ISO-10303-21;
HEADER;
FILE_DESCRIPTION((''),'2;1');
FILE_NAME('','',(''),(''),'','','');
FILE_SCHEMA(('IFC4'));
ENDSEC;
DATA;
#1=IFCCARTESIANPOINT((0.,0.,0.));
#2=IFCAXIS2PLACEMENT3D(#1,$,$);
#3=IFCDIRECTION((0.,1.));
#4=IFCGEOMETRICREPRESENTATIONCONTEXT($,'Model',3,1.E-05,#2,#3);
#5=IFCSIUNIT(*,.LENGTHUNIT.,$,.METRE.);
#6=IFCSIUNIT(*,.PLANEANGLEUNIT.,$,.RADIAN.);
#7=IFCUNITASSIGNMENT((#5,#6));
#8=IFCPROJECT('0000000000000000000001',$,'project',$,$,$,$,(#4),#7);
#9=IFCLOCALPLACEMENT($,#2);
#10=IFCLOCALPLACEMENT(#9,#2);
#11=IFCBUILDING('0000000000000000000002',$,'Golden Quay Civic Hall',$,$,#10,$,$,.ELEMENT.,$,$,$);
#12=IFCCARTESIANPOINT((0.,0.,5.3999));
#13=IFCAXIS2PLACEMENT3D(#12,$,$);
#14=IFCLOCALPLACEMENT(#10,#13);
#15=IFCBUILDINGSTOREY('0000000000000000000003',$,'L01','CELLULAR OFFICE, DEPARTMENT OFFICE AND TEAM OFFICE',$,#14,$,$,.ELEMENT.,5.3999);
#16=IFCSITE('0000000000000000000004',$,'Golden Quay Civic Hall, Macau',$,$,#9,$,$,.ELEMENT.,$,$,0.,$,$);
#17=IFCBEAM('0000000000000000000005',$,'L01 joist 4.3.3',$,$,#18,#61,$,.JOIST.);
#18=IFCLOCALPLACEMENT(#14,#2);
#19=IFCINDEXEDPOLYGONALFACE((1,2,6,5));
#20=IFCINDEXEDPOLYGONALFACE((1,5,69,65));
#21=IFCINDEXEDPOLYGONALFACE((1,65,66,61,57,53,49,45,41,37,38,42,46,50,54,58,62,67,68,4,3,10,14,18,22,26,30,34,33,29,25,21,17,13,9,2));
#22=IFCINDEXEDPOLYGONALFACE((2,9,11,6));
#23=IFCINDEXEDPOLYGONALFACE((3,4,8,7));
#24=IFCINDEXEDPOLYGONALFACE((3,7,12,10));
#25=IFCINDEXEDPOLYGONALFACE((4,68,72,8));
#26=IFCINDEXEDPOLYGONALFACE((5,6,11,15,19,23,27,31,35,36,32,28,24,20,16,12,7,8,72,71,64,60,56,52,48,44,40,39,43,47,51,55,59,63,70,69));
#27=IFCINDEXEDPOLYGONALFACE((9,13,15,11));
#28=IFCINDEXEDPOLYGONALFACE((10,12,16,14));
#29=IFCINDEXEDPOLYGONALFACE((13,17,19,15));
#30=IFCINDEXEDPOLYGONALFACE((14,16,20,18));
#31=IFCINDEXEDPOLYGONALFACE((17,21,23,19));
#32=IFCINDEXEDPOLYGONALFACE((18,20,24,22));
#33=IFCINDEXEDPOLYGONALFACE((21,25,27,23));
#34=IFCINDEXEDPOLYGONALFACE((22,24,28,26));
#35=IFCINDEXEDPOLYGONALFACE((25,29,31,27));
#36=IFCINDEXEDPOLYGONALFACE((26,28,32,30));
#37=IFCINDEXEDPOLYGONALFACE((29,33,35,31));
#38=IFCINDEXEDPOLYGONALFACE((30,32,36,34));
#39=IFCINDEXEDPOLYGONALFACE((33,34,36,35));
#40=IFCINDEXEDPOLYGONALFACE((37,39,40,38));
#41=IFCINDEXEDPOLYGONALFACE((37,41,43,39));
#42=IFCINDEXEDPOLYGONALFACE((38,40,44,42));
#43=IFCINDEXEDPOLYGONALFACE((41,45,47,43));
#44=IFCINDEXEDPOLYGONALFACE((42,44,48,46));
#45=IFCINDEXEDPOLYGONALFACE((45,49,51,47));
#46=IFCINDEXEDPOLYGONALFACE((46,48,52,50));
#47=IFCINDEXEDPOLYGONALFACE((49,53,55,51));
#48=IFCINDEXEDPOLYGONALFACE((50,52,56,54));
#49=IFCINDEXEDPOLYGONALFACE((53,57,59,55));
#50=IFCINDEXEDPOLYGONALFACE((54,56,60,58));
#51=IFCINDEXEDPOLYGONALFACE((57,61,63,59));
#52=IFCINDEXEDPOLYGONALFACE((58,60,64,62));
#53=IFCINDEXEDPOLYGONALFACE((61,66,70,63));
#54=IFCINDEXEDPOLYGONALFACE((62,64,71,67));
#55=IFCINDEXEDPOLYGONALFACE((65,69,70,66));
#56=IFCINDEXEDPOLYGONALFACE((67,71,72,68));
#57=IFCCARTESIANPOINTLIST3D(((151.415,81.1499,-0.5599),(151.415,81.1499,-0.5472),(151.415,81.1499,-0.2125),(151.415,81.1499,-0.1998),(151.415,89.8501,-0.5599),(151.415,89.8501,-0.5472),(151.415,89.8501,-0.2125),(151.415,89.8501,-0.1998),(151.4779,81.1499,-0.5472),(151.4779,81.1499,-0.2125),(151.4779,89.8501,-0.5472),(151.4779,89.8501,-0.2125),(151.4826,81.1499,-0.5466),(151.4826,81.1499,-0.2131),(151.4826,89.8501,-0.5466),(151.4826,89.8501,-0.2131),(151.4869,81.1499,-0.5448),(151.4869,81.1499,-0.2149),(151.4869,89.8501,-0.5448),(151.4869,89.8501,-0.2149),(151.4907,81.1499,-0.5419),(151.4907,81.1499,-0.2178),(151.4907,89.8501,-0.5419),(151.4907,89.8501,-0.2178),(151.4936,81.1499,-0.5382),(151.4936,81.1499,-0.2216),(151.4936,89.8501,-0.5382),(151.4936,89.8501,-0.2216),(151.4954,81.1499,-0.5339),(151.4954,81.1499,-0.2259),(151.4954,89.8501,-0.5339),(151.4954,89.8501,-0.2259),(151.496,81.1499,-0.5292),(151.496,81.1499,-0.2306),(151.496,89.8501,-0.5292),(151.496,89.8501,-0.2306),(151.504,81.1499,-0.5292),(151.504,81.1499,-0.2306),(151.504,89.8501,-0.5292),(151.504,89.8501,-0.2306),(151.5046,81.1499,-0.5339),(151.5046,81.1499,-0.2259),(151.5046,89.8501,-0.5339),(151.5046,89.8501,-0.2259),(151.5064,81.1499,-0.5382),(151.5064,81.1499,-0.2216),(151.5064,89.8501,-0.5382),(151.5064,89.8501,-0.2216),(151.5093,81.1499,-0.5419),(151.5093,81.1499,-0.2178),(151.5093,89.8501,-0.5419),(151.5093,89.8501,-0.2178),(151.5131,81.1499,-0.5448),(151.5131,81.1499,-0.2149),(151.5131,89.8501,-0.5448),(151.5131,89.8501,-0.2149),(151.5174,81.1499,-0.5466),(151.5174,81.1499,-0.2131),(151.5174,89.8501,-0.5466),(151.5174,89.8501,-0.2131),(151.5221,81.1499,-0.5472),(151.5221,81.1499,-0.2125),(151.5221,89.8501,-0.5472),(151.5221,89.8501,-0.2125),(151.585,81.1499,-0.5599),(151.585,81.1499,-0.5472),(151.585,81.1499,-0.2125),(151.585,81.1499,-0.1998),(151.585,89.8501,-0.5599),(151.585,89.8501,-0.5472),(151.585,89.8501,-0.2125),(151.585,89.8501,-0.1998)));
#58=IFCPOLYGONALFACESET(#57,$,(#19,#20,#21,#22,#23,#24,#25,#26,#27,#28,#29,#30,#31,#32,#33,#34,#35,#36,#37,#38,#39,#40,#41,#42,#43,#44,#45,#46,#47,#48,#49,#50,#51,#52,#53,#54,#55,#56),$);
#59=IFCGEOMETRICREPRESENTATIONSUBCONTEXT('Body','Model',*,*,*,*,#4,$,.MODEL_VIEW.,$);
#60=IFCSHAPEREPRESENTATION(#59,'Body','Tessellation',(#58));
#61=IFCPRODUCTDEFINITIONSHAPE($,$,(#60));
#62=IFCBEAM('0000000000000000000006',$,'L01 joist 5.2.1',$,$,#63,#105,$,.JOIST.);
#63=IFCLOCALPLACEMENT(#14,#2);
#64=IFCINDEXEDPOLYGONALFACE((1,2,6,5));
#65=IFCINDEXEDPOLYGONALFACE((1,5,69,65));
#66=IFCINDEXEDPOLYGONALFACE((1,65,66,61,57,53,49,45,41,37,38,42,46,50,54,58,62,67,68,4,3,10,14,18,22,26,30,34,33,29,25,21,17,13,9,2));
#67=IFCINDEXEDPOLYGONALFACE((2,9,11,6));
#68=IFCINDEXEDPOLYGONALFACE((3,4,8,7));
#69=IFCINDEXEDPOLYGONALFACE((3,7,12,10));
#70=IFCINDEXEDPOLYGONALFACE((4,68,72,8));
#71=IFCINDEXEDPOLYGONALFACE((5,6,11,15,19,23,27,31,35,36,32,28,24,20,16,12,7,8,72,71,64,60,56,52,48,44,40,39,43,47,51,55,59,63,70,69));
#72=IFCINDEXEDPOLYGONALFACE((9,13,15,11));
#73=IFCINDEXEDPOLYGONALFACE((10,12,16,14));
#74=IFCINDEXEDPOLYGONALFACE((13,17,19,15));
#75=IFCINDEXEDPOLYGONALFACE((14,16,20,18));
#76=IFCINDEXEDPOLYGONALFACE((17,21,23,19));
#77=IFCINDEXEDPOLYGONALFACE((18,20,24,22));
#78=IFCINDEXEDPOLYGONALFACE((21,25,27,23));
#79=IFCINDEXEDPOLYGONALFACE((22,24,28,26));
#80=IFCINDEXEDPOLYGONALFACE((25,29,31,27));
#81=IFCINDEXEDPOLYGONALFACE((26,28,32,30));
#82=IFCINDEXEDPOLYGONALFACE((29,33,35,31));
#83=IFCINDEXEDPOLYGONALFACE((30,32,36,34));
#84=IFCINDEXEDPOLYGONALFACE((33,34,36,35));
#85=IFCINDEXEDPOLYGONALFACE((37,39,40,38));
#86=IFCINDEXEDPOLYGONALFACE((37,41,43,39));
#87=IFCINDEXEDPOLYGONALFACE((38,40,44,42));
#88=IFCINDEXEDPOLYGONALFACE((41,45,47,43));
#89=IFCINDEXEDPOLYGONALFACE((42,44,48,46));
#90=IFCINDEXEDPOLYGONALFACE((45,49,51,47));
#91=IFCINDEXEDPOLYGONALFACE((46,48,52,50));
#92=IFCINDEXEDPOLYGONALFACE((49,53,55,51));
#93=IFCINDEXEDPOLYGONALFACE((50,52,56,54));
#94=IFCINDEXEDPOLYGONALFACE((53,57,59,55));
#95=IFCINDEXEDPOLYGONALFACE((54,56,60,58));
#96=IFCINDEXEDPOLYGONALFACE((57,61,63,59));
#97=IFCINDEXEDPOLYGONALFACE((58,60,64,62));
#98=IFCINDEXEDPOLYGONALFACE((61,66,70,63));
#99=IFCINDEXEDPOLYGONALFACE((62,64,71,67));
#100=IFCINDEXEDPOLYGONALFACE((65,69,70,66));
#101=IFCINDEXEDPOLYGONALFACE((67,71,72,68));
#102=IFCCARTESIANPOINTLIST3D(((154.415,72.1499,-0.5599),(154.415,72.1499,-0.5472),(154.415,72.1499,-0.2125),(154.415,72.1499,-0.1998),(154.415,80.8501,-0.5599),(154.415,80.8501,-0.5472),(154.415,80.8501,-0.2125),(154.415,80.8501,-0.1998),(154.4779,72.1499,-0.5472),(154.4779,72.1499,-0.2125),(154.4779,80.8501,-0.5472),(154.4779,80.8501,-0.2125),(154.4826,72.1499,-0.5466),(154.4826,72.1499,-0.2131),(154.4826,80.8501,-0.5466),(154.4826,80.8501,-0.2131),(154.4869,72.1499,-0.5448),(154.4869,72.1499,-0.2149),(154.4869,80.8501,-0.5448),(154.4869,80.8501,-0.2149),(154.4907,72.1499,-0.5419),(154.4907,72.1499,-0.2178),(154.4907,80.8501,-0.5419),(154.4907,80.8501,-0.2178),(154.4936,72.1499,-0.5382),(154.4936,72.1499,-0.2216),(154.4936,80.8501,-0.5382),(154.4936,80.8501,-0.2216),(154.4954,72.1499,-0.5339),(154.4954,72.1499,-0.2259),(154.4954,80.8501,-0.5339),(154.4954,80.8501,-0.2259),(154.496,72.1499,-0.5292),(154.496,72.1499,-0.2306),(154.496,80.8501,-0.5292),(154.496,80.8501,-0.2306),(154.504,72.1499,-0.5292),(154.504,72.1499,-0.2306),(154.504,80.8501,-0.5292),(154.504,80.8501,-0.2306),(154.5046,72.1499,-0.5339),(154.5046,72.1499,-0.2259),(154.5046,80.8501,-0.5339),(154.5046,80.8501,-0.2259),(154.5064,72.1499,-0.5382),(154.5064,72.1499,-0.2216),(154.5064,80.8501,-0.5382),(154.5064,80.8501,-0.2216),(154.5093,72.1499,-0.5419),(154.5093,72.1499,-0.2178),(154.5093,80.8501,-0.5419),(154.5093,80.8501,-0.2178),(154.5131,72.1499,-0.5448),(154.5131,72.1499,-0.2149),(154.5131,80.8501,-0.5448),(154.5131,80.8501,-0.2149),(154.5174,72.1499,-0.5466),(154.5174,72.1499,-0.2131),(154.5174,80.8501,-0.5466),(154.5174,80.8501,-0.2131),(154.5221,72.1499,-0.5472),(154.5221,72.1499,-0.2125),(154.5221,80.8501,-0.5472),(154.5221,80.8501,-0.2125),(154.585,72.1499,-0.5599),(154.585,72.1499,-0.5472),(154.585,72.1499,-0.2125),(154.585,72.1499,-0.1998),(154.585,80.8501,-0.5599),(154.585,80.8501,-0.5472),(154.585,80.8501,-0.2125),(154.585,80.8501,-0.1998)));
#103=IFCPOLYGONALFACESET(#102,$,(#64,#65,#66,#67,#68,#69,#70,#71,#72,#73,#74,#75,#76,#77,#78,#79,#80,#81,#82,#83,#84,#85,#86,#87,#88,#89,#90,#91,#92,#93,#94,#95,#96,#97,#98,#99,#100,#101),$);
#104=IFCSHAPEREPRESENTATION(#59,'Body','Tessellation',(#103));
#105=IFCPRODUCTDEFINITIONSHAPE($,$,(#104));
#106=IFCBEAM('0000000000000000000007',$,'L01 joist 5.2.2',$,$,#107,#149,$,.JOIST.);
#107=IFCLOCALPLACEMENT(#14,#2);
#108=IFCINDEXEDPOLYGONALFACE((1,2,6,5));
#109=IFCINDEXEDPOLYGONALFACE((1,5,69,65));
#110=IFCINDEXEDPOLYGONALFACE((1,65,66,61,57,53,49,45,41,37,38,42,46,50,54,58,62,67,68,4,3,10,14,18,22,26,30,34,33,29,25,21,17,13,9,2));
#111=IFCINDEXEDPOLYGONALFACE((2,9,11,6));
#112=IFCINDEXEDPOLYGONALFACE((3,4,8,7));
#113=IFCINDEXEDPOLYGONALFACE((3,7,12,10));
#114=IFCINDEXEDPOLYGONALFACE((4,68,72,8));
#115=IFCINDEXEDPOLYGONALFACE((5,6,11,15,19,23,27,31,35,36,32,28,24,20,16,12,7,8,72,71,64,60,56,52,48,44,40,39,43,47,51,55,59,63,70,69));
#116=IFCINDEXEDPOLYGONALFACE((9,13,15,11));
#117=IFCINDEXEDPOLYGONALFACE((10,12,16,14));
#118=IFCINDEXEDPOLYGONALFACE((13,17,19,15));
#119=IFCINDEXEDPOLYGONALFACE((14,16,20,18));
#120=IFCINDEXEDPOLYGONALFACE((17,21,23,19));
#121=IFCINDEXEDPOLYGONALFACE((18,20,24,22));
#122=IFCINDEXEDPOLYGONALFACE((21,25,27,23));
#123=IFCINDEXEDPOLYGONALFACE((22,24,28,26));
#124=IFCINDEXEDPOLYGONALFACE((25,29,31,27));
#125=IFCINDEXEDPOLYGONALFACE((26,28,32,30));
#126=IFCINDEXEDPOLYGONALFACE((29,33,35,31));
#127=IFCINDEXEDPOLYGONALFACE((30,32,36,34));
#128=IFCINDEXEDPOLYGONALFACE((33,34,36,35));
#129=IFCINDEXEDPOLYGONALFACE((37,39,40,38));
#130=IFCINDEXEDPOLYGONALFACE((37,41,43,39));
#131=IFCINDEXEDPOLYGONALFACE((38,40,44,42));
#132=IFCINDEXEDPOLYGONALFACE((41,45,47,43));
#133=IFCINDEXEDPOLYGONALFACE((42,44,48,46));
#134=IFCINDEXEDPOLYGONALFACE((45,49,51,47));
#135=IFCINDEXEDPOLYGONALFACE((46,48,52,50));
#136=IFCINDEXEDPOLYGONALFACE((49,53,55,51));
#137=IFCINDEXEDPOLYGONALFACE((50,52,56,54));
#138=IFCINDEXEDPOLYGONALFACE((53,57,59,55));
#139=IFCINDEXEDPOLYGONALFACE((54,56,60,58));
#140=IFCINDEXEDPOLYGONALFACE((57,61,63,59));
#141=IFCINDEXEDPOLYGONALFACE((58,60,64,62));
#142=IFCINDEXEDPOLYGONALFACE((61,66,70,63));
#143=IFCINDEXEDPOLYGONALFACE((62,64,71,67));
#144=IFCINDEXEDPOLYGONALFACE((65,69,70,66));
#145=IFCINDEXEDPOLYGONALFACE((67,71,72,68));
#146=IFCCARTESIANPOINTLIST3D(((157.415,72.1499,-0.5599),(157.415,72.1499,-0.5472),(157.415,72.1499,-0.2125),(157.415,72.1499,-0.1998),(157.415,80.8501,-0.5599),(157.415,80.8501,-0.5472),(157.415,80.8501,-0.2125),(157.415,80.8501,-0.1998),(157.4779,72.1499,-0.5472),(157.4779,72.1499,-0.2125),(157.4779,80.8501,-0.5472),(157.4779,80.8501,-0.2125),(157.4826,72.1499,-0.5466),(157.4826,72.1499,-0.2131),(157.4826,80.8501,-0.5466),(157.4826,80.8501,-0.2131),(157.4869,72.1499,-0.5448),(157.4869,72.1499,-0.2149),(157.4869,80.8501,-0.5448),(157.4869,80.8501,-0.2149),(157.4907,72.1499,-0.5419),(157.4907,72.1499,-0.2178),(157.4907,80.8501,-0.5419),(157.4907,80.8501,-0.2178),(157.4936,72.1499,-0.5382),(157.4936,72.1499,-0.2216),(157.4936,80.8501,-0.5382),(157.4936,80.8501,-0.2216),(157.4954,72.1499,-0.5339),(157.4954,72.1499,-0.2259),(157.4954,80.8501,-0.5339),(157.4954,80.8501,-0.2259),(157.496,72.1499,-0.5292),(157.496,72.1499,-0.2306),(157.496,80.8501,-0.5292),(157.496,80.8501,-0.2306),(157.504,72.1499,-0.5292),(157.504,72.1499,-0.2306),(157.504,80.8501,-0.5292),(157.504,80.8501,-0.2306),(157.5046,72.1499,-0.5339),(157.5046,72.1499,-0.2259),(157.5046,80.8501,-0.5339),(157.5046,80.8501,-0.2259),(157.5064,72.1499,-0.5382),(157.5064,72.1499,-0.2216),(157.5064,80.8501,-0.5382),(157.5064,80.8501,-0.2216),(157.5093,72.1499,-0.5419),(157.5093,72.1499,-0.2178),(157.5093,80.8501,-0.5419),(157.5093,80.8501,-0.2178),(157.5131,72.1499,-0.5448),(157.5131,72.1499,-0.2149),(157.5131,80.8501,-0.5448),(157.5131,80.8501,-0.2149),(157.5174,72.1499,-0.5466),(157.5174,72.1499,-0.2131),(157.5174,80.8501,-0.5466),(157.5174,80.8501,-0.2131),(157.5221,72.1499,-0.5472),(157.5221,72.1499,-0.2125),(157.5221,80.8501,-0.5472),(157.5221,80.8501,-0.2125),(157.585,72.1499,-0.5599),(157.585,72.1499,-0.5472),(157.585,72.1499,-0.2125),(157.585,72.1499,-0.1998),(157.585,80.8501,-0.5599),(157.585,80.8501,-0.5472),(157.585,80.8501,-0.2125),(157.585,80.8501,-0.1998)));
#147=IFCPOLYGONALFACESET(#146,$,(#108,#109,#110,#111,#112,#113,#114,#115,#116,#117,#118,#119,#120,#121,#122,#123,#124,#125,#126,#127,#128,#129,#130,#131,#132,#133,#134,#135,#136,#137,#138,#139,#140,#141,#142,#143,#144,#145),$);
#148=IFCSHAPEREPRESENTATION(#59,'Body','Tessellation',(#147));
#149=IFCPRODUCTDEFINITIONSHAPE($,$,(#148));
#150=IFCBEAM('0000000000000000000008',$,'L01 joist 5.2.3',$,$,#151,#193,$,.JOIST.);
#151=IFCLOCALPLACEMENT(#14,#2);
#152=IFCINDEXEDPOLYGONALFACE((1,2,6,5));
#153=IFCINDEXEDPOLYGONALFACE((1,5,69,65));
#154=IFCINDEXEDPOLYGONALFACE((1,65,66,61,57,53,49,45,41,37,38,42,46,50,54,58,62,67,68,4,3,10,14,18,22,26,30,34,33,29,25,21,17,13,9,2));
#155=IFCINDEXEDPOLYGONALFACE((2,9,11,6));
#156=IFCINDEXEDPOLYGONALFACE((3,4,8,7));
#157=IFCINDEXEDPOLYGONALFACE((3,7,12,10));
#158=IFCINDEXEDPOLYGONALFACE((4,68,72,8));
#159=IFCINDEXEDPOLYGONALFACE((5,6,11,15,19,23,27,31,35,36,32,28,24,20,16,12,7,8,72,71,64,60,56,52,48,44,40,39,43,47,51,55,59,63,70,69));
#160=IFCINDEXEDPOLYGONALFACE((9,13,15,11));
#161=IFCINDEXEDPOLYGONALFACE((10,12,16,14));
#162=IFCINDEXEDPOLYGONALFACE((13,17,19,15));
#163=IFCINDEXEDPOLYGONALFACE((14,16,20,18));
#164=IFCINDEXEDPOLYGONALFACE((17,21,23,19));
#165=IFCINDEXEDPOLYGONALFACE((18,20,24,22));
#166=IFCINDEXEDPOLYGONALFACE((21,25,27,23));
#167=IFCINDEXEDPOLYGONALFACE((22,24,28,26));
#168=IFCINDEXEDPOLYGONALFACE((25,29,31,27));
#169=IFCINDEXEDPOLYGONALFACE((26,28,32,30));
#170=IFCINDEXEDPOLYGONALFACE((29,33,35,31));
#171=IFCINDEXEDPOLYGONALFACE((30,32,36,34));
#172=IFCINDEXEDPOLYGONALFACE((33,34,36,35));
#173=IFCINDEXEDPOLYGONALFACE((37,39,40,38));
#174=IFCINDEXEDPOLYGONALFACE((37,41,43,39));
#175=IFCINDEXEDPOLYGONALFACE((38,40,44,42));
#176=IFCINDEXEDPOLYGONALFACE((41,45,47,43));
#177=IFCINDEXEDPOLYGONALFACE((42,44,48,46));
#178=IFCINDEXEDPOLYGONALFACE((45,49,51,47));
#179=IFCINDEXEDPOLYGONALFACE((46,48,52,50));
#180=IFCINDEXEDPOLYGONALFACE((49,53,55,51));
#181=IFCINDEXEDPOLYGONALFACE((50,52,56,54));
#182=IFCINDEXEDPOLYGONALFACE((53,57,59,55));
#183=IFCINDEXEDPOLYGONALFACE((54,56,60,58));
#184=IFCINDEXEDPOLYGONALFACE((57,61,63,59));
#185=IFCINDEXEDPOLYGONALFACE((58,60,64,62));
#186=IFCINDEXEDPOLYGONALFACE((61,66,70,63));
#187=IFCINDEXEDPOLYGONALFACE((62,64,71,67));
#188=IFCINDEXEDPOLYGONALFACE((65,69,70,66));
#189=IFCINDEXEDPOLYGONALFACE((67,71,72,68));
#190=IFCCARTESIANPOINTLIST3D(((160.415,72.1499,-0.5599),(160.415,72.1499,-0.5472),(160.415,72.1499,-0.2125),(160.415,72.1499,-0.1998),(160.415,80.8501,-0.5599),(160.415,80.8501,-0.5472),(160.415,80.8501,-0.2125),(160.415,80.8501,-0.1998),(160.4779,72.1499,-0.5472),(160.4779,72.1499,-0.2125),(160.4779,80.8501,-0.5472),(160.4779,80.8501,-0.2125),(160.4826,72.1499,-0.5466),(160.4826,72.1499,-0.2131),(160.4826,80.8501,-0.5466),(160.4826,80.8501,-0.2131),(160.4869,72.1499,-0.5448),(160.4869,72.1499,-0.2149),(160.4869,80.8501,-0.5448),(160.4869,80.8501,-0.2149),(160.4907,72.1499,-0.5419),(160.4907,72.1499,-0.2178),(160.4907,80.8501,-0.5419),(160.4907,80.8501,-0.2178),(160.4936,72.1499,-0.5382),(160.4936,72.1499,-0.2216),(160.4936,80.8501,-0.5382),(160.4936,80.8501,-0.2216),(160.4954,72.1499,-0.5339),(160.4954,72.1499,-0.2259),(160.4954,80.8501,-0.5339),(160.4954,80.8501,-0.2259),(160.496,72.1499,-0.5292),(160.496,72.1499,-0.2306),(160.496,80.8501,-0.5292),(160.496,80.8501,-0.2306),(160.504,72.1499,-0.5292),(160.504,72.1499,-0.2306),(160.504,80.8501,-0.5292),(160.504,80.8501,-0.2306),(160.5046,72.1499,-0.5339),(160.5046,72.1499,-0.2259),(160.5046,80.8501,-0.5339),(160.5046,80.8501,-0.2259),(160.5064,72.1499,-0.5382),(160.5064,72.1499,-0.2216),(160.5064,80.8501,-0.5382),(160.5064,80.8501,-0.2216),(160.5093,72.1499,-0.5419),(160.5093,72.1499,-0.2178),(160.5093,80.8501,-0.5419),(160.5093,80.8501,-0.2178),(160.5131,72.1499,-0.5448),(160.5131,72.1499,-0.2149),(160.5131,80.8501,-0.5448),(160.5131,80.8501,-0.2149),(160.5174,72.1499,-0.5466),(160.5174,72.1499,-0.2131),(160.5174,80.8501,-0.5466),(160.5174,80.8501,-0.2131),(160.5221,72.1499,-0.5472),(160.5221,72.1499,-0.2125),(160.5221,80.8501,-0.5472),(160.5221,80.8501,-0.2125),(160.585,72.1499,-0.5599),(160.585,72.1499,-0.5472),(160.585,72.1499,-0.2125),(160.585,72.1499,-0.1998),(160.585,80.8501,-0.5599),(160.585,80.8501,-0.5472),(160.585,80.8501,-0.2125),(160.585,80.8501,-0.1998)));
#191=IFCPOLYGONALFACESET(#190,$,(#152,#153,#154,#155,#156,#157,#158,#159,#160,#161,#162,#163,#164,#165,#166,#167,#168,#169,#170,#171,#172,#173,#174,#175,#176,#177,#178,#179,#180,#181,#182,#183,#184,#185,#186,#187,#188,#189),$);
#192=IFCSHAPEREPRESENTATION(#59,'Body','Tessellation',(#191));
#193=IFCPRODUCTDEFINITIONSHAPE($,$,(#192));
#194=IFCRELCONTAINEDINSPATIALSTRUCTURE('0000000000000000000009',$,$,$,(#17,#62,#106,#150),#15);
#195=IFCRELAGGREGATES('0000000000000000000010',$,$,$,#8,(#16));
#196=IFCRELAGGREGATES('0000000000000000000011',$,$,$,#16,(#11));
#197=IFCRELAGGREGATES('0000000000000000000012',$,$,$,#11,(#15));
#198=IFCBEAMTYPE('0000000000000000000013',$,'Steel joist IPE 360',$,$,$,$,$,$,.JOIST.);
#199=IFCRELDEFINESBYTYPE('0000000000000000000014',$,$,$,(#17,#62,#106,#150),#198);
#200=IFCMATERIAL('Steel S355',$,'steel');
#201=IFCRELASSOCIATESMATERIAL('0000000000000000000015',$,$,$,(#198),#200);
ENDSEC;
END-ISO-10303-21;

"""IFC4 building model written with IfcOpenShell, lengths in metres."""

from ifc_helpers import new_model, si_unit, direction, frame, origin, origin_2d, place, context, subcontext, project, spatial, i_section, extrude, material, material_profile, profile_set, type_object, element, save


model = new_model("IFC4")

# Units and contexts
model_context = context("Model", 3, precision=1e-05, world=origin(), true_north=direction((0.0, 1.0)))
body_context = subcontext(model_context, "Body", "Model", "MODEL_VIEW")
ifc_project = project(units=[si_unit("LENGTHUNIT", "METRE"), si_unit("PLANEANGLEUNIT", "RADIAN")], contexts=[model_context])

# Site, building, storey
site_placement = place(None, origin())
site = spatial("IfcSite", under=ifc_project, at=site_placement, Name="Golden Quay Civic Hall, Macau", CompositionType="ELEMENT", RefElevation=0.0)
building_placement = place(site_placement, origin())
building = spatial("IfcBuilding", under=site, at=building_placement, Name="Golden Quay Civic Hall", CompositionType="ELEMENT")
storey_placement = place(building_placement, frame((0.0, 0.0, 5.3999)))
storey = spatial("IfcBuildingStorey", under=building, at=storey_placement, Name="L01", Description="CELLULAR OFFICE, DEPARTMENT OFFICE AND TEAM OFFICE", CompositionType="ELEMENT", Elevation=5.3999)

# Beams
ifc_material_1 = material(Name="Steel S355", Category="steel")
ifc_material_profile_1 = material_profile(ifc_material_1, i_section(OverallWidth=0.1699, OverallDepth=0.3601, WebThickness=0.0081, FlangeThickness=0.0127, FilletRadius=0.0181, at=origin_2d()), Name="IPE 360")
ifc_profile_set_1 = profile_set([ifc_material_profile_1], Name="Steel S355")
beam_type_1 = type_object("IfcBeamType", Name="Steel joist IPE 360", PredefinedType="JOIST", material=ifc_profile_set_1)
for number, where, z_axis, x_axis, name in (
    (1, (151.5, 81.1499, -0.3799), (0.0, 1.0, 0.0), (-1.0, 0.0, 0.0), "L01 joist 4.3.3"),
    (2, (154.5, 72.1499, -0.3799), (0.0, 1.0, 0.0), (-1.0, 0.0, 0.0), "L01 joist 5.2.1"),
    (3, (157.5, 72.1499, -0.3799), (0.0, 1.0, 0.0), (-1.0, 0.0, 0.0), "L01 joist 5.2.2"),
    (4, (160.5, 72.1499, -0.3799), (0.0, 1.0, 0.0), (-1.0, 0.0, 0.0), "L01 joist 5.2.3"),
):
    element("IfcBeam", number, at=place(storey_placement, frame(where, z_axis=z_axis, x_axis=x_axis)), inside=storey, type_object=beam_type_1, Name=name, PredefinedType="JOIST", context=body_context, shape_type="SweptSolid", body=[
        extrude(i_section(OverallWidth=0.1699, OverallDepth=0.3601, WebThickness=0.0081, FlangeThickness=0.0127, FilletRadius=0.0181, at=origin_2d()), origin(), (0.0, 0.0, 1.0), 8.7002),
    ])

save(model, "model.ifc")
